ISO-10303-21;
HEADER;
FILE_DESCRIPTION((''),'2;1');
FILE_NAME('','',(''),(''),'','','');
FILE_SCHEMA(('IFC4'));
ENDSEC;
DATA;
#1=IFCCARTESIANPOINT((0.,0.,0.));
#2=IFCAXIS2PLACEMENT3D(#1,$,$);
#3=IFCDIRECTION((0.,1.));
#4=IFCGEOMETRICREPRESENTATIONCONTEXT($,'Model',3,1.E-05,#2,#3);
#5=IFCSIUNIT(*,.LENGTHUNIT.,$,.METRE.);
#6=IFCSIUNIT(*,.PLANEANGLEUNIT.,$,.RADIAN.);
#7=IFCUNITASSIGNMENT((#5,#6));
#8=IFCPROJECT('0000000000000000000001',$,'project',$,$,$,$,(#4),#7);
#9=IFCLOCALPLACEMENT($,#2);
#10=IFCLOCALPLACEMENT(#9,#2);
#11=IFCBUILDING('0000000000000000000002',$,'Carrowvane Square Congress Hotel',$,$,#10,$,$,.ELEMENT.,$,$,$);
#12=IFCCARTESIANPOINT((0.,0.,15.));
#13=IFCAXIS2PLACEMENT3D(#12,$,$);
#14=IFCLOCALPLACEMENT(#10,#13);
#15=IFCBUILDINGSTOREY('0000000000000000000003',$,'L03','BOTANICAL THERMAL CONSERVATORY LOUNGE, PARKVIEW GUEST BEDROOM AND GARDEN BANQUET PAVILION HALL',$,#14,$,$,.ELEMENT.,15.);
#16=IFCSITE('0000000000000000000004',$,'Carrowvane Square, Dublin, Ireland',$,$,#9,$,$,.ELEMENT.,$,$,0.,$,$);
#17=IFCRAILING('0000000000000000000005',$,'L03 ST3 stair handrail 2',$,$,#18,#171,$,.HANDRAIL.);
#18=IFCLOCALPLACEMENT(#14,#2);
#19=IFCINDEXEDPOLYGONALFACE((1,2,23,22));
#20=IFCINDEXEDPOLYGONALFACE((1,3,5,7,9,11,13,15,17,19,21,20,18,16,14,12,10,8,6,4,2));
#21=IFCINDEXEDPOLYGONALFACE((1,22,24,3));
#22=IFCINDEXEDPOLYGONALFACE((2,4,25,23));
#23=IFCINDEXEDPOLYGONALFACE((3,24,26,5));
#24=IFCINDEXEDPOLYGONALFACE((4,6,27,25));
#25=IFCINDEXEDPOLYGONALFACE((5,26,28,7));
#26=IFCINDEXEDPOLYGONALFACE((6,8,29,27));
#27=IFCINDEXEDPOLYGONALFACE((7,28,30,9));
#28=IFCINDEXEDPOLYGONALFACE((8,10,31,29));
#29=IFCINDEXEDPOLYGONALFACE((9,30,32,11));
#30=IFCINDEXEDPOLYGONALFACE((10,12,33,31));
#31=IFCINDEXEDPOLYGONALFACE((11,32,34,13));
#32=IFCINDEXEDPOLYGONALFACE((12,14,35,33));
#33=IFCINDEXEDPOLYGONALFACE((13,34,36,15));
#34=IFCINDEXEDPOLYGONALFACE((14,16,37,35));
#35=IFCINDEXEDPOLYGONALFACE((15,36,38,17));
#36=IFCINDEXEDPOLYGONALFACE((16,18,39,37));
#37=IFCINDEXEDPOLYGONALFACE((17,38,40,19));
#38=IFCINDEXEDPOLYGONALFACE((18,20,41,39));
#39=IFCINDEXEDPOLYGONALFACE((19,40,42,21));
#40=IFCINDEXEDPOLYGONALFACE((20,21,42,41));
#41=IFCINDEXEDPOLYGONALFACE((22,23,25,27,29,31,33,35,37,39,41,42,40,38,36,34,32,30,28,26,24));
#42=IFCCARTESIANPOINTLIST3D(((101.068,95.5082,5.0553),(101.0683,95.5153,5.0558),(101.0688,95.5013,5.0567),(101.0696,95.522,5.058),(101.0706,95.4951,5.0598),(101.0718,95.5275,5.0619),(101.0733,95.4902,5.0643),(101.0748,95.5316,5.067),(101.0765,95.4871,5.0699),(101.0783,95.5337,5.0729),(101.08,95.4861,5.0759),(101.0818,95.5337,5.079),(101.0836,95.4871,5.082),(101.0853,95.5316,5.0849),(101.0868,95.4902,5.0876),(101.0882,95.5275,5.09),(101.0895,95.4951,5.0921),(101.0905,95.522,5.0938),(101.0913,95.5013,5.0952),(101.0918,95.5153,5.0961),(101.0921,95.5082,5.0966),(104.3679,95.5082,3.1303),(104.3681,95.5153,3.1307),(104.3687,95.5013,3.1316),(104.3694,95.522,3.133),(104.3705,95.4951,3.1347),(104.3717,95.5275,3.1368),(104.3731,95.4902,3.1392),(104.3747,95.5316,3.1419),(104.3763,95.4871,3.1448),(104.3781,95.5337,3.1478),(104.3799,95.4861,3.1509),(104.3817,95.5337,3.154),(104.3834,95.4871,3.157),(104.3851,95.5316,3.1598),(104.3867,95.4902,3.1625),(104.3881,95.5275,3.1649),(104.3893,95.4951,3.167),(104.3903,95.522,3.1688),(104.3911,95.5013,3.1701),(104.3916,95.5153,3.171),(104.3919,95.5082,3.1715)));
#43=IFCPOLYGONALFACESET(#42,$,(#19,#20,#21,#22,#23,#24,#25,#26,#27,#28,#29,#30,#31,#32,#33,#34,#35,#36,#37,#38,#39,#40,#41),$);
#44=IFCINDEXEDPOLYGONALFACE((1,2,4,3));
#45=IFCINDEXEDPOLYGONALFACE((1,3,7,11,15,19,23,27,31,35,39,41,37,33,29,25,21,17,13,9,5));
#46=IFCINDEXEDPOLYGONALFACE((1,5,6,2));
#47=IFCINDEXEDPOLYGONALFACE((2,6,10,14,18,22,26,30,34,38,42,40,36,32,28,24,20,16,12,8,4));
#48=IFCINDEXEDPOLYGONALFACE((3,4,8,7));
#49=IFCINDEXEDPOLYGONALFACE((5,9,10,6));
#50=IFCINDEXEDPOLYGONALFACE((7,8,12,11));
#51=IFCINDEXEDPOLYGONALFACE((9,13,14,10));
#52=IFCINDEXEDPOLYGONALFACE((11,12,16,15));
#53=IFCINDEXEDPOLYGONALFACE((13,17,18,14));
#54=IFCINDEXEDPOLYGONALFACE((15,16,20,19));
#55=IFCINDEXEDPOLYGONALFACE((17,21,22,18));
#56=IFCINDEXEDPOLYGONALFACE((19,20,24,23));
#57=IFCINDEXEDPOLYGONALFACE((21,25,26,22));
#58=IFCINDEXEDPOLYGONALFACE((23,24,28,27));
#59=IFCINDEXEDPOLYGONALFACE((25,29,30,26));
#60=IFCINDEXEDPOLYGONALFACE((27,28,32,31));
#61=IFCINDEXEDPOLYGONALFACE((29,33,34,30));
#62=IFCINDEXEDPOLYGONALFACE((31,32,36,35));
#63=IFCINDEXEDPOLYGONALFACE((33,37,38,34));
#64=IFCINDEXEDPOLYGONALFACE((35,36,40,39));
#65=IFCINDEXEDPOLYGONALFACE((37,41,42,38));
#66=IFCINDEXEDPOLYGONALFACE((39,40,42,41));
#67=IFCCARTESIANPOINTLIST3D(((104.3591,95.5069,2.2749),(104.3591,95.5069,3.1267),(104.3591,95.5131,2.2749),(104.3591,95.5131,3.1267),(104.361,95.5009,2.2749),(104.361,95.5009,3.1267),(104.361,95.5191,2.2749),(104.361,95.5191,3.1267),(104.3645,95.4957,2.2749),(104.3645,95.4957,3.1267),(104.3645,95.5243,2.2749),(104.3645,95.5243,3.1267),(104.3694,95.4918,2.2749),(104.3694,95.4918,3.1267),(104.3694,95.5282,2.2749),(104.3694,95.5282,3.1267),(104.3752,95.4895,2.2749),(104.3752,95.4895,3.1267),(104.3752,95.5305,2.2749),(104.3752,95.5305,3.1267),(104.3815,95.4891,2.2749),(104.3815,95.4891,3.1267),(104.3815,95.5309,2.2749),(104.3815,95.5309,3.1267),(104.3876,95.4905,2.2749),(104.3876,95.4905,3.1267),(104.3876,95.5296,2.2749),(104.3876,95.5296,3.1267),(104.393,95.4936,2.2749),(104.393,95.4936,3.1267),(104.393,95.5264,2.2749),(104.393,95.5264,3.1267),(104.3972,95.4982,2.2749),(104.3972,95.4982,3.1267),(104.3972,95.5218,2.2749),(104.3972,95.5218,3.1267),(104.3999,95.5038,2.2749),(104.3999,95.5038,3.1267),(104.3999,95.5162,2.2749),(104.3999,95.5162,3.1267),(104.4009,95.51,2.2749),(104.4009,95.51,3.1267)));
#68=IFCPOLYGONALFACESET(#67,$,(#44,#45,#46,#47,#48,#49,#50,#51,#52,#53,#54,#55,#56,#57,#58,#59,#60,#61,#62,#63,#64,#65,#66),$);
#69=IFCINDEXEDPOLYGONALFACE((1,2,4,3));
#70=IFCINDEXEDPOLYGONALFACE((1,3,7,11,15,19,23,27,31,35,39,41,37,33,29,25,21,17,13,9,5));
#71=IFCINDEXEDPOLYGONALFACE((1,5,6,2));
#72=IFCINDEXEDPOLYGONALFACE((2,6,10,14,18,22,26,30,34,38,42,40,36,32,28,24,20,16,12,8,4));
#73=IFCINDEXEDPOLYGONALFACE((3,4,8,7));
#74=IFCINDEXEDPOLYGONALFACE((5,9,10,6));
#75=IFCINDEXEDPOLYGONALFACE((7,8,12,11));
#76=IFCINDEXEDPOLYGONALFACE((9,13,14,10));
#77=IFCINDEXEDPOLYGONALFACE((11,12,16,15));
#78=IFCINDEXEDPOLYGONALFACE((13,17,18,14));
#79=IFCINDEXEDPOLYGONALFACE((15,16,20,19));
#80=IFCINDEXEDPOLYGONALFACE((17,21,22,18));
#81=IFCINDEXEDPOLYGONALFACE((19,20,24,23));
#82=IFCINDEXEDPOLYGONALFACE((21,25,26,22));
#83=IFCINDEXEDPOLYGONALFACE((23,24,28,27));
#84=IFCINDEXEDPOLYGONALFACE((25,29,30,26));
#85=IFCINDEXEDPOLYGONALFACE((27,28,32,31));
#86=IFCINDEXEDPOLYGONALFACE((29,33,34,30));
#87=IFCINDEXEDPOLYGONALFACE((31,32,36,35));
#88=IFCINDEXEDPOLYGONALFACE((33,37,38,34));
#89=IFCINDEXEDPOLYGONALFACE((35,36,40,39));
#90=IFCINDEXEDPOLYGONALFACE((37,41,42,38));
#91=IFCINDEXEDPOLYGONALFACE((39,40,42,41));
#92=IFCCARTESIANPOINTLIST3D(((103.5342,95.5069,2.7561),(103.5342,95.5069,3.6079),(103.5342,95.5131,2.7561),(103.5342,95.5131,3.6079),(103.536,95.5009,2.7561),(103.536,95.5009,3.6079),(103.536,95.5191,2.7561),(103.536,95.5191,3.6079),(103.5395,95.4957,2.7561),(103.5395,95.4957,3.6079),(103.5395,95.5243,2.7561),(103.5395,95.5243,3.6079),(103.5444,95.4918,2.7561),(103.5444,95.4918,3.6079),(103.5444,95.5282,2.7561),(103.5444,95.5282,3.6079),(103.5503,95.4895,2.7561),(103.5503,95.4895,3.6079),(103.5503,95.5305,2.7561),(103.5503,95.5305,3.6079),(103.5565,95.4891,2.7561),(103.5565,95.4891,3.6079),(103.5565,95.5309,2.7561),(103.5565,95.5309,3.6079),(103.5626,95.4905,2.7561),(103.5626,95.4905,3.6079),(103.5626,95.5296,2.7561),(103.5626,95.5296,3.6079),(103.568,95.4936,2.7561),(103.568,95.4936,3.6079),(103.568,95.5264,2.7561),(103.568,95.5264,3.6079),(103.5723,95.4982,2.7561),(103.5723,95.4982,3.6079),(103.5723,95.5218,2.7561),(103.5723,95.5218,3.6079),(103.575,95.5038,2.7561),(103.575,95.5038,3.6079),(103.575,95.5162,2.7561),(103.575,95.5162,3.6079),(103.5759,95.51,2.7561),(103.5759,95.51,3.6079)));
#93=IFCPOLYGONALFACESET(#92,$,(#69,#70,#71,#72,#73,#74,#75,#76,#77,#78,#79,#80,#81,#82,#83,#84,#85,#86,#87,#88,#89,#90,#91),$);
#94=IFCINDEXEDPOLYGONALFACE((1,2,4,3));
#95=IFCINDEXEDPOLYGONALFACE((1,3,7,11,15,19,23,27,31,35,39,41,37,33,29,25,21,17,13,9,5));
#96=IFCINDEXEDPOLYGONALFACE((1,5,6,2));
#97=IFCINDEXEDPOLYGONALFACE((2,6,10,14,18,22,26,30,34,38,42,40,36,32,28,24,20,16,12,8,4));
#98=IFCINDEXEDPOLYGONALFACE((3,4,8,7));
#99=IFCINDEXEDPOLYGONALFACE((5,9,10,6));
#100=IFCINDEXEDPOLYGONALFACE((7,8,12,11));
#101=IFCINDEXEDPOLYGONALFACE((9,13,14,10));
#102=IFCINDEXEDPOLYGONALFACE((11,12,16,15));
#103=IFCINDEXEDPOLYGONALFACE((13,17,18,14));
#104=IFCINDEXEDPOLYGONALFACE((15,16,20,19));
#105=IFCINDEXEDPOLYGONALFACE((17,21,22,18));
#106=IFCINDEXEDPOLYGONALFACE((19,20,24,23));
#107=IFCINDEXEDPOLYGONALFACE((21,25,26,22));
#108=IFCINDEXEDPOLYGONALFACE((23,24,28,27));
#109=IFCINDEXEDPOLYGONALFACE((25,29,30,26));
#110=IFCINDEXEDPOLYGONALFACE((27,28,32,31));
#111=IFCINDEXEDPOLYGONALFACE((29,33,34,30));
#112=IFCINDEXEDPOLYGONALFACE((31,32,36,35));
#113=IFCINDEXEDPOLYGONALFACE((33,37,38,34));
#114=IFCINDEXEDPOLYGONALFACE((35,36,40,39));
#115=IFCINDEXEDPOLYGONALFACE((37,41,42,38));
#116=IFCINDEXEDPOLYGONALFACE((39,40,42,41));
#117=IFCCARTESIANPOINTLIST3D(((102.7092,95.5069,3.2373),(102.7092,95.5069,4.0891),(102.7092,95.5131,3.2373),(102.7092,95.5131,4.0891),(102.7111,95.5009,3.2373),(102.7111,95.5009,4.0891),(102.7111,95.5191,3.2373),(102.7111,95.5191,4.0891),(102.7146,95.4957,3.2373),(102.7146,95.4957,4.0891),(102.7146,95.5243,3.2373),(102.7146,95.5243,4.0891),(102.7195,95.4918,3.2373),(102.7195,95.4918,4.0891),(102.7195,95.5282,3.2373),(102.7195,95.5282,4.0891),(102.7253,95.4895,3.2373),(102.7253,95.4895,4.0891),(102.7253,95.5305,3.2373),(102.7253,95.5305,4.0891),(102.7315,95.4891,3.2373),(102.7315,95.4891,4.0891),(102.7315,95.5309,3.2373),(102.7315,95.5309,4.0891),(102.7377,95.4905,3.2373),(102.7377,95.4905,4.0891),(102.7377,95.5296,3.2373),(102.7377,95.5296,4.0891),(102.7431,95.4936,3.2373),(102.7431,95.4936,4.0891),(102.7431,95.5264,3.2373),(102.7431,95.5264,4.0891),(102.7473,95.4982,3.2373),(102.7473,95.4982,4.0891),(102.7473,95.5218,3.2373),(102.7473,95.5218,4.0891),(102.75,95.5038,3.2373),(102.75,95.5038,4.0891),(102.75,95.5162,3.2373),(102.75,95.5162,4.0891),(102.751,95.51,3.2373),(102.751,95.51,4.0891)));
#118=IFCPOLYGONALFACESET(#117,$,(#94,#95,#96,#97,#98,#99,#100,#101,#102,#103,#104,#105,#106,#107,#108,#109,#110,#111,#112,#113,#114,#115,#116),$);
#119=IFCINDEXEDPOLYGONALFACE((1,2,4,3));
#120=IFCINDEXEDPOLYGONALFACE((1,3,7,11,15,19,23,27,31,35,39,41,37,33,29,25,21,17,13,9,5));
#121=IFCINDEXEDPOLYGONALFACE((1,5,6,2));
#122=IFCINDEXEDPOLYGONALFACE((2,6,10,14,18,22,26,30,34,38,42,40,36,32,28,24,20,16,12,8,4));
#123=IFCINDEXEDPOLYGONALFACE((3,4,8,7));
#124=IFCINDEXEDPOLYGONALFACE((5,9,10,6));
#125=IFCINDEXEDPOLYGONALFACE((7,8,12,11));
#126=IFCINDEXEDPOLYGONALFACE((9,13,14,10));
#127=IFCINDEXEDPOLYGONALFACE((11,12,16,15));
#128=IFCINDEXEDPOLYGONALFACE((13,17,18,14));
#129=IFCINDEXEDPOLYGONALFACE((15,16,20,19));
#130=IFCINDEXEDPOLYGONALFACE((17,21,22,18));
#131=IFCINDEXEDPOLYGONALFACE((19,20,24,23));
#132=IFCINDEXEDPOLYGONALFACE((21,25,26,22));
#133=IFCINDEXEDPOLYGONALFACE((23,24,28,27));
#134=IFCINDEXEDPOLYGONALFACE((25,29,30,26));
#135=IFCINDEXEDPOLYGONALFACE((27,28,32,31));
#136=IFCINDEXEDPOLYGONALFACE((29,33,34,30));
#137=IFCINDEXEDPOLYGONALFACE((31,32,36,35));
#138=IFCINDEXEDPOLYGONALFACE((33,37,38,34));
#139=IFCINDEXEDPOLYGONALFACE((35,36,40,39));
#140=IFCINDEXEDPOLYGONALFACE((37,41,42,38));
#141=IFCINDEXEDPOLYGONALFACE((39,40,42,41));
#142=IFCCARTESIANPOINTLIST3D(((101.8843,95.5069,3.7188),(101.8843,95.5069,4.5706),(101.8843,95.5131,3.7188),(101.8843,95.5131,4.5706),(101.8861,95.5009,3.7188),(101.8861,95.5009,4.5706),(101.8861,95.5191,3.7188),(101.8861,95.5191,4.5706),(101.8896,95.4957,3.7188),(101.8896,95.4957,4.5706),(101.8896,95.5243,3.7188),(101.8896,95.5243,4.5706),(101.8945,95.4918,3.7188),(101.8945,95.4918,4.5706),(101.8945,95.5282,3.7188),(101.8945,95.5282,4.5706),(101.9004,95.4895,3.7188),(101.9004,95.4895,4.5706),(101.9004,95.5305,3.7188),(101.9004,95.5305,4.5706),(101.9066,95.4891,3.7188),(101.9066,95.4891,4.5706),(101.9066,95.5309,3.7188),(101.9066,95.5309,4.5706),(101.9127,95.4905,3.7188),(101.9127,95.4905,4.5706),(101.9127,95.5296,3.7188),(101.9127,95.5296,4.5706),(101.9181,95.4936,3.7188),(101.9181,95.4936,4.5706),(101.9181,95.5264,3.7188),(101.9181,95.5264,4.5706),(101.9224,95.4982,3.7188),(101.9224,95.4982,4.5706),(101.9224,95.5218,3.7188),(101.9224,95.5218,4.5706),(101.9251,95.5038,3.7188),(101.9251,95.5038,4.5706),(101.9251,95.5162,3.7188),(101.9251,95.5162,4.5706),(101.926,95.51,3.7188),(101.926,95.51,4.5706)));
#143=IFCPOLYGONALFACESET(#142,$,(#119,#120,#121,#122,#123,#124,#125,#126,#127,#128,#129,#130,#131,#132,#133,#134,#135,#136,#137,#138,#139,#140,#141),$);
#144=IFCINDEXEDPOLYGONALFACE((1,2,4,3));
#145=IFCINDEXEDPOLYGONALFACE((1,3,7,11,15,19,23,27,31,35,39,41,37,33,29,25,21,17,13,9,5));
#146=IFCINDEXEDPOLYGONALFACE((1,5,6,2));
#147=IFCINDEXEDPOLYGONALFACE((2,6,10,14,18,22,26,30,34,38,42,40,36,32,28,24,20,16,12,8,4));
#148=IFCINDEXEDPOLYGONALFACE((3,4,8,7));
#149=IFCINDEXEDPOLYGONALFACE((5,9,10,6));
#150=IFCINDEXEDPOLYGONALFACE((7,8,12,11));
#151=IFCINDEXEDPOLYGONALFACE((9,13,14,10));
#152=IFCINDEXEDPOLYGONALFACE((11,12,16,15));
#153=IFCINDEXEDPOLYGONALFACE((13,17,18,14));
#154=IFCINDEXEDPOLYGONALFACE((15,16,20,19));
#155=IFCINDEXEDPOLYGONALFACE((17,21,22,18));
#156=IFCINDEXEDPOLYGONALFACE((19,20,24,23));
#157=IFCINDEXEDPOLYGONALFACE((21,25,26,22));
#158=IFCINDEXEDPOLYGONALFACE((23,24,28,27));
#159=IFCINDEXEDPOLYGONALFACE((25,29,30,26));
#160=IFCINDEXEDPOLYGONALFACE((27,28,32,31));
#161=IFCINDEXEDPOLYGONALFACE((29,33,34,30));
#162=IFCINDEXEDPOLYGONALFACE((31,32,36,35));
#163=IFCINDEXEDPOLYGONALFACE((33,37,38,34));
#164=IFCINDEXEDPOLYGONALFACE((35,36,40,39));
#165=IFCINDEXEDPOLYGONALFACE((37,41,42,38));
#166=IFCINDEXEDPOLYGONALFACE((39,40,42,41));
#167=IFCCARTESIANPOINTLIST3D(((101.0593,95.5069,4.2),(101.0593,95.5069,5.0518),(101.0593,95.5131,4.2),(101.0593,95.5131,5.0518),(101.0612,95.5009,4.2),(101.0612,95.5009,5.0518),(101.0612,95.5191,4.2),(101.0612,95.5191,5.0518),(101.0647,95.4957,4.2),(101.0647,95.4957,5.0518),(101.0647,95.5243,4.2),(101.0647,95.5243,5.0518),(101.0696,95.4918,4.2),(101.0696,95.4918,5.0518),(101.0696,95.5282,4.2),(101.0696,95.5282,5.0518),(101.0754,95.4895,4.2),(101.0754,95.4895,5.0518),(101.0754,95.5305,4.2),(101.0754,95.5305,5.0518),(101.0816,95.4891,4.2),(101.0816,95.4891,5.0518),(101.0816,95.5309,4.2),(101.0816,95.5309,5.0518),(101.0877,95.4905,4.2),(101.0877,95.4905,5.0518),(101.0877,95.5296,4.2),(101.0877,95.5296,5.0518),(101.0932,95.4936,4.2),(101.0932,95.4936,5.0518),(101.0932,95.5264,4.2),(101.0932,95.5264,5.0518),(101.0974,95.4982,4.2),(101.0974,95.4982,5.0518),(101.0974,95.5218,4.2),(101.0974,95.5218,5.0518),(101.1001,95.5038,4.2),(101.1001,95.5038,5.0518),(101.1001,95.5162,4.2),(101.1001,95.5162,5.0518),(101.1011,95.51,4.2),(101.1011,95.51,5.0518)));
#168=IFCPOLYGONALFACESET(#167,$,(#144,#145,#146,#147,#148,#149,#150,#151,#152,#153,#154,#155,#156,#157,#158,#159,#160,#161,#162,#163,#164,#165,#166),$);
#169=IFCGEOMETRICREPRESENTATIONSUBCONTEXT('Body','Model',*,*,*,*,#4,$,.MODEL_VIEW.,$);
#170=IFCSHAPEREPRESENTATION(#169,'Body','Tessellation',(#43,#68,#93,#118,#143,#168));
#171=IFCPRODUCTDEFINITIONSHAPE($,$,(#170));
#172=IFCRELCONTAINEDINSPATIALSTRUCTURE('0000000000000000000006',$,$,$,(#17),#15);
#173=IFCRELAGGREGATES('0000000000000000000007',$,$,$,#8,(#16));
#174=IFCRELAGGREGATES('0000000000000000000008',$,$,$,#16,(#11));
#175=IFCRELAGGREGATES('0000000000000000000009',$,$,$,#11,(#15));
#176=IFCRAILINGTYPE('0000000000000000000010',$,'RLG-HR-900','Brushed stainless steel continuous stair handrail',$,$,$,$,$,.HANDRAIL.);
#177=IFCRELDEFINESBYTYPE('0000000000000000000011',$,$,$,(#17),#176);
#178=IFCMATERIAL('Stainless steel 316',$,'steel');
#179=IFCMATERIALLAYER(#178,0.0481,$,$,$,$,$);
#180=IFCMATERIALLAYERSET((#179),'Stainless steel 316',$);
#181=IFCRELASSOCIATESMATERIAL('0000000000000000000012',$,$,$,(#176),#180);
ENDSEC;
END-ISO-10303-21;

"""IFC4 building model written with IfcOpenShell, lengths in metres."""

from ifc_helpers import new_model, si_unit, direction, frame, origin, origin_2d, place, context, subcontext, project, spatial, circle, extrude, material, layer, layer_set, type_object, element, save


model = new_model("IFC4")

# Units and contexts
model_context = context("Model", 3, precision=1e-05, world=origin(), true_north=direction((0.0, 1.0)))
body_context = subcontext(model_context, "Body", "Model", "MODEL_VIEW")
ifc_project = project(units=[si_unit("LENGTHUNIT", "METRE"), si_unit("PLANEANGLEUNIT", "RADIAN")], contexts=[model_context])

# Site, building, storey
site_placement = place(None, origin())
site = spatial("IfcSite", under=ifc_project, at=site_placement, Name="Carrowvane Square, Dublin, Ireland", CompositionType="ELEMENT", RefElevation=0.0)
building_placement = place(site_placement, origin())
building = spatial("IfcBuilding", under=site, at=building_placement, Name="Carrowvane Square Congress Hotel", CompositionType="ELEMENT")
storey_placement = place(building_placement, frame((0.0, 0.0, 15.0)))
storey = spatial("IfcBuildingStorey", under=building, at=storey_placement, Name="L03", Description="BOTANICAL THERMAL CONSERVATORY LOUNGE, PARKVIEW GUEST BEDROOM AND GARDEN BANQUET PAVILION HALL", CompositionType="ELEMENT", Elevation=15.0)

# Railing
ifc_material_1 = material(Name="Stainless steel 316", Category="steel")
ifc_layer_1 = layer(ifc_material_1, 0.0481)
ifc_layer_set_1 = layer_set([ifc_layer_1], Name="Stainless steel 316")
railing_type = type_object("IfcRailingType", Name="RLG-HR-900", Description="Brushed stainless steel continuous stair handrail", PredefinedType="HANDRAIL", material=ifc_layer_set_1)
railing_placement = place(storey_placement, frame((104.3799, 95.51, 2.2749)))
element("IfcRailing", 1, at=railing_placement, inside=storey, type_object=railing_type, Name="L03 ST3 stair handrail 2", PredefinedType="HANDRAIL", context=body_context, shape_type="SweptSolid", body=[
    extrude(circle(Radius=0.0239, at=origin_2d()), frame((0.0, 0.0, 0.876), z_axis=(-0.86376, 0.0, 0.503903), x_axis=(0.0, -1.0, 0.0)), (0.0, 0.0, 1.0), 3.8203),
    extrude(circle(Radius=0.021, at=origin_2d()), origin(), (0.0, 0.0, 1.0), 0.8518),
    extrude(circle(Radius=0.021, at=origin_2d()), frame((-0.825, 0.0, 0.4812)), (0.0, 0.0, 1.0), 0.8518),
    extrude(circle(Radius=0.021, at=origin_2d()), frame((-1.6499, 0.0, 0.9624)), (0.0, 0.0, 1.0), 0.8518),
    extrude(circle(Radius=0.021, at=origin_2d()), frame((-2.4749, 0.0, 1.4438)), (0.0, 0.0, 1.0), 0.8518),
    extrude(circle(Radius=0.021, at=origin_2d()), frame((-3.2998, 0.0, 1.925)), (0.0, 0.0, 1.0), 0.8518),
])

save(model, "model.ifc")
